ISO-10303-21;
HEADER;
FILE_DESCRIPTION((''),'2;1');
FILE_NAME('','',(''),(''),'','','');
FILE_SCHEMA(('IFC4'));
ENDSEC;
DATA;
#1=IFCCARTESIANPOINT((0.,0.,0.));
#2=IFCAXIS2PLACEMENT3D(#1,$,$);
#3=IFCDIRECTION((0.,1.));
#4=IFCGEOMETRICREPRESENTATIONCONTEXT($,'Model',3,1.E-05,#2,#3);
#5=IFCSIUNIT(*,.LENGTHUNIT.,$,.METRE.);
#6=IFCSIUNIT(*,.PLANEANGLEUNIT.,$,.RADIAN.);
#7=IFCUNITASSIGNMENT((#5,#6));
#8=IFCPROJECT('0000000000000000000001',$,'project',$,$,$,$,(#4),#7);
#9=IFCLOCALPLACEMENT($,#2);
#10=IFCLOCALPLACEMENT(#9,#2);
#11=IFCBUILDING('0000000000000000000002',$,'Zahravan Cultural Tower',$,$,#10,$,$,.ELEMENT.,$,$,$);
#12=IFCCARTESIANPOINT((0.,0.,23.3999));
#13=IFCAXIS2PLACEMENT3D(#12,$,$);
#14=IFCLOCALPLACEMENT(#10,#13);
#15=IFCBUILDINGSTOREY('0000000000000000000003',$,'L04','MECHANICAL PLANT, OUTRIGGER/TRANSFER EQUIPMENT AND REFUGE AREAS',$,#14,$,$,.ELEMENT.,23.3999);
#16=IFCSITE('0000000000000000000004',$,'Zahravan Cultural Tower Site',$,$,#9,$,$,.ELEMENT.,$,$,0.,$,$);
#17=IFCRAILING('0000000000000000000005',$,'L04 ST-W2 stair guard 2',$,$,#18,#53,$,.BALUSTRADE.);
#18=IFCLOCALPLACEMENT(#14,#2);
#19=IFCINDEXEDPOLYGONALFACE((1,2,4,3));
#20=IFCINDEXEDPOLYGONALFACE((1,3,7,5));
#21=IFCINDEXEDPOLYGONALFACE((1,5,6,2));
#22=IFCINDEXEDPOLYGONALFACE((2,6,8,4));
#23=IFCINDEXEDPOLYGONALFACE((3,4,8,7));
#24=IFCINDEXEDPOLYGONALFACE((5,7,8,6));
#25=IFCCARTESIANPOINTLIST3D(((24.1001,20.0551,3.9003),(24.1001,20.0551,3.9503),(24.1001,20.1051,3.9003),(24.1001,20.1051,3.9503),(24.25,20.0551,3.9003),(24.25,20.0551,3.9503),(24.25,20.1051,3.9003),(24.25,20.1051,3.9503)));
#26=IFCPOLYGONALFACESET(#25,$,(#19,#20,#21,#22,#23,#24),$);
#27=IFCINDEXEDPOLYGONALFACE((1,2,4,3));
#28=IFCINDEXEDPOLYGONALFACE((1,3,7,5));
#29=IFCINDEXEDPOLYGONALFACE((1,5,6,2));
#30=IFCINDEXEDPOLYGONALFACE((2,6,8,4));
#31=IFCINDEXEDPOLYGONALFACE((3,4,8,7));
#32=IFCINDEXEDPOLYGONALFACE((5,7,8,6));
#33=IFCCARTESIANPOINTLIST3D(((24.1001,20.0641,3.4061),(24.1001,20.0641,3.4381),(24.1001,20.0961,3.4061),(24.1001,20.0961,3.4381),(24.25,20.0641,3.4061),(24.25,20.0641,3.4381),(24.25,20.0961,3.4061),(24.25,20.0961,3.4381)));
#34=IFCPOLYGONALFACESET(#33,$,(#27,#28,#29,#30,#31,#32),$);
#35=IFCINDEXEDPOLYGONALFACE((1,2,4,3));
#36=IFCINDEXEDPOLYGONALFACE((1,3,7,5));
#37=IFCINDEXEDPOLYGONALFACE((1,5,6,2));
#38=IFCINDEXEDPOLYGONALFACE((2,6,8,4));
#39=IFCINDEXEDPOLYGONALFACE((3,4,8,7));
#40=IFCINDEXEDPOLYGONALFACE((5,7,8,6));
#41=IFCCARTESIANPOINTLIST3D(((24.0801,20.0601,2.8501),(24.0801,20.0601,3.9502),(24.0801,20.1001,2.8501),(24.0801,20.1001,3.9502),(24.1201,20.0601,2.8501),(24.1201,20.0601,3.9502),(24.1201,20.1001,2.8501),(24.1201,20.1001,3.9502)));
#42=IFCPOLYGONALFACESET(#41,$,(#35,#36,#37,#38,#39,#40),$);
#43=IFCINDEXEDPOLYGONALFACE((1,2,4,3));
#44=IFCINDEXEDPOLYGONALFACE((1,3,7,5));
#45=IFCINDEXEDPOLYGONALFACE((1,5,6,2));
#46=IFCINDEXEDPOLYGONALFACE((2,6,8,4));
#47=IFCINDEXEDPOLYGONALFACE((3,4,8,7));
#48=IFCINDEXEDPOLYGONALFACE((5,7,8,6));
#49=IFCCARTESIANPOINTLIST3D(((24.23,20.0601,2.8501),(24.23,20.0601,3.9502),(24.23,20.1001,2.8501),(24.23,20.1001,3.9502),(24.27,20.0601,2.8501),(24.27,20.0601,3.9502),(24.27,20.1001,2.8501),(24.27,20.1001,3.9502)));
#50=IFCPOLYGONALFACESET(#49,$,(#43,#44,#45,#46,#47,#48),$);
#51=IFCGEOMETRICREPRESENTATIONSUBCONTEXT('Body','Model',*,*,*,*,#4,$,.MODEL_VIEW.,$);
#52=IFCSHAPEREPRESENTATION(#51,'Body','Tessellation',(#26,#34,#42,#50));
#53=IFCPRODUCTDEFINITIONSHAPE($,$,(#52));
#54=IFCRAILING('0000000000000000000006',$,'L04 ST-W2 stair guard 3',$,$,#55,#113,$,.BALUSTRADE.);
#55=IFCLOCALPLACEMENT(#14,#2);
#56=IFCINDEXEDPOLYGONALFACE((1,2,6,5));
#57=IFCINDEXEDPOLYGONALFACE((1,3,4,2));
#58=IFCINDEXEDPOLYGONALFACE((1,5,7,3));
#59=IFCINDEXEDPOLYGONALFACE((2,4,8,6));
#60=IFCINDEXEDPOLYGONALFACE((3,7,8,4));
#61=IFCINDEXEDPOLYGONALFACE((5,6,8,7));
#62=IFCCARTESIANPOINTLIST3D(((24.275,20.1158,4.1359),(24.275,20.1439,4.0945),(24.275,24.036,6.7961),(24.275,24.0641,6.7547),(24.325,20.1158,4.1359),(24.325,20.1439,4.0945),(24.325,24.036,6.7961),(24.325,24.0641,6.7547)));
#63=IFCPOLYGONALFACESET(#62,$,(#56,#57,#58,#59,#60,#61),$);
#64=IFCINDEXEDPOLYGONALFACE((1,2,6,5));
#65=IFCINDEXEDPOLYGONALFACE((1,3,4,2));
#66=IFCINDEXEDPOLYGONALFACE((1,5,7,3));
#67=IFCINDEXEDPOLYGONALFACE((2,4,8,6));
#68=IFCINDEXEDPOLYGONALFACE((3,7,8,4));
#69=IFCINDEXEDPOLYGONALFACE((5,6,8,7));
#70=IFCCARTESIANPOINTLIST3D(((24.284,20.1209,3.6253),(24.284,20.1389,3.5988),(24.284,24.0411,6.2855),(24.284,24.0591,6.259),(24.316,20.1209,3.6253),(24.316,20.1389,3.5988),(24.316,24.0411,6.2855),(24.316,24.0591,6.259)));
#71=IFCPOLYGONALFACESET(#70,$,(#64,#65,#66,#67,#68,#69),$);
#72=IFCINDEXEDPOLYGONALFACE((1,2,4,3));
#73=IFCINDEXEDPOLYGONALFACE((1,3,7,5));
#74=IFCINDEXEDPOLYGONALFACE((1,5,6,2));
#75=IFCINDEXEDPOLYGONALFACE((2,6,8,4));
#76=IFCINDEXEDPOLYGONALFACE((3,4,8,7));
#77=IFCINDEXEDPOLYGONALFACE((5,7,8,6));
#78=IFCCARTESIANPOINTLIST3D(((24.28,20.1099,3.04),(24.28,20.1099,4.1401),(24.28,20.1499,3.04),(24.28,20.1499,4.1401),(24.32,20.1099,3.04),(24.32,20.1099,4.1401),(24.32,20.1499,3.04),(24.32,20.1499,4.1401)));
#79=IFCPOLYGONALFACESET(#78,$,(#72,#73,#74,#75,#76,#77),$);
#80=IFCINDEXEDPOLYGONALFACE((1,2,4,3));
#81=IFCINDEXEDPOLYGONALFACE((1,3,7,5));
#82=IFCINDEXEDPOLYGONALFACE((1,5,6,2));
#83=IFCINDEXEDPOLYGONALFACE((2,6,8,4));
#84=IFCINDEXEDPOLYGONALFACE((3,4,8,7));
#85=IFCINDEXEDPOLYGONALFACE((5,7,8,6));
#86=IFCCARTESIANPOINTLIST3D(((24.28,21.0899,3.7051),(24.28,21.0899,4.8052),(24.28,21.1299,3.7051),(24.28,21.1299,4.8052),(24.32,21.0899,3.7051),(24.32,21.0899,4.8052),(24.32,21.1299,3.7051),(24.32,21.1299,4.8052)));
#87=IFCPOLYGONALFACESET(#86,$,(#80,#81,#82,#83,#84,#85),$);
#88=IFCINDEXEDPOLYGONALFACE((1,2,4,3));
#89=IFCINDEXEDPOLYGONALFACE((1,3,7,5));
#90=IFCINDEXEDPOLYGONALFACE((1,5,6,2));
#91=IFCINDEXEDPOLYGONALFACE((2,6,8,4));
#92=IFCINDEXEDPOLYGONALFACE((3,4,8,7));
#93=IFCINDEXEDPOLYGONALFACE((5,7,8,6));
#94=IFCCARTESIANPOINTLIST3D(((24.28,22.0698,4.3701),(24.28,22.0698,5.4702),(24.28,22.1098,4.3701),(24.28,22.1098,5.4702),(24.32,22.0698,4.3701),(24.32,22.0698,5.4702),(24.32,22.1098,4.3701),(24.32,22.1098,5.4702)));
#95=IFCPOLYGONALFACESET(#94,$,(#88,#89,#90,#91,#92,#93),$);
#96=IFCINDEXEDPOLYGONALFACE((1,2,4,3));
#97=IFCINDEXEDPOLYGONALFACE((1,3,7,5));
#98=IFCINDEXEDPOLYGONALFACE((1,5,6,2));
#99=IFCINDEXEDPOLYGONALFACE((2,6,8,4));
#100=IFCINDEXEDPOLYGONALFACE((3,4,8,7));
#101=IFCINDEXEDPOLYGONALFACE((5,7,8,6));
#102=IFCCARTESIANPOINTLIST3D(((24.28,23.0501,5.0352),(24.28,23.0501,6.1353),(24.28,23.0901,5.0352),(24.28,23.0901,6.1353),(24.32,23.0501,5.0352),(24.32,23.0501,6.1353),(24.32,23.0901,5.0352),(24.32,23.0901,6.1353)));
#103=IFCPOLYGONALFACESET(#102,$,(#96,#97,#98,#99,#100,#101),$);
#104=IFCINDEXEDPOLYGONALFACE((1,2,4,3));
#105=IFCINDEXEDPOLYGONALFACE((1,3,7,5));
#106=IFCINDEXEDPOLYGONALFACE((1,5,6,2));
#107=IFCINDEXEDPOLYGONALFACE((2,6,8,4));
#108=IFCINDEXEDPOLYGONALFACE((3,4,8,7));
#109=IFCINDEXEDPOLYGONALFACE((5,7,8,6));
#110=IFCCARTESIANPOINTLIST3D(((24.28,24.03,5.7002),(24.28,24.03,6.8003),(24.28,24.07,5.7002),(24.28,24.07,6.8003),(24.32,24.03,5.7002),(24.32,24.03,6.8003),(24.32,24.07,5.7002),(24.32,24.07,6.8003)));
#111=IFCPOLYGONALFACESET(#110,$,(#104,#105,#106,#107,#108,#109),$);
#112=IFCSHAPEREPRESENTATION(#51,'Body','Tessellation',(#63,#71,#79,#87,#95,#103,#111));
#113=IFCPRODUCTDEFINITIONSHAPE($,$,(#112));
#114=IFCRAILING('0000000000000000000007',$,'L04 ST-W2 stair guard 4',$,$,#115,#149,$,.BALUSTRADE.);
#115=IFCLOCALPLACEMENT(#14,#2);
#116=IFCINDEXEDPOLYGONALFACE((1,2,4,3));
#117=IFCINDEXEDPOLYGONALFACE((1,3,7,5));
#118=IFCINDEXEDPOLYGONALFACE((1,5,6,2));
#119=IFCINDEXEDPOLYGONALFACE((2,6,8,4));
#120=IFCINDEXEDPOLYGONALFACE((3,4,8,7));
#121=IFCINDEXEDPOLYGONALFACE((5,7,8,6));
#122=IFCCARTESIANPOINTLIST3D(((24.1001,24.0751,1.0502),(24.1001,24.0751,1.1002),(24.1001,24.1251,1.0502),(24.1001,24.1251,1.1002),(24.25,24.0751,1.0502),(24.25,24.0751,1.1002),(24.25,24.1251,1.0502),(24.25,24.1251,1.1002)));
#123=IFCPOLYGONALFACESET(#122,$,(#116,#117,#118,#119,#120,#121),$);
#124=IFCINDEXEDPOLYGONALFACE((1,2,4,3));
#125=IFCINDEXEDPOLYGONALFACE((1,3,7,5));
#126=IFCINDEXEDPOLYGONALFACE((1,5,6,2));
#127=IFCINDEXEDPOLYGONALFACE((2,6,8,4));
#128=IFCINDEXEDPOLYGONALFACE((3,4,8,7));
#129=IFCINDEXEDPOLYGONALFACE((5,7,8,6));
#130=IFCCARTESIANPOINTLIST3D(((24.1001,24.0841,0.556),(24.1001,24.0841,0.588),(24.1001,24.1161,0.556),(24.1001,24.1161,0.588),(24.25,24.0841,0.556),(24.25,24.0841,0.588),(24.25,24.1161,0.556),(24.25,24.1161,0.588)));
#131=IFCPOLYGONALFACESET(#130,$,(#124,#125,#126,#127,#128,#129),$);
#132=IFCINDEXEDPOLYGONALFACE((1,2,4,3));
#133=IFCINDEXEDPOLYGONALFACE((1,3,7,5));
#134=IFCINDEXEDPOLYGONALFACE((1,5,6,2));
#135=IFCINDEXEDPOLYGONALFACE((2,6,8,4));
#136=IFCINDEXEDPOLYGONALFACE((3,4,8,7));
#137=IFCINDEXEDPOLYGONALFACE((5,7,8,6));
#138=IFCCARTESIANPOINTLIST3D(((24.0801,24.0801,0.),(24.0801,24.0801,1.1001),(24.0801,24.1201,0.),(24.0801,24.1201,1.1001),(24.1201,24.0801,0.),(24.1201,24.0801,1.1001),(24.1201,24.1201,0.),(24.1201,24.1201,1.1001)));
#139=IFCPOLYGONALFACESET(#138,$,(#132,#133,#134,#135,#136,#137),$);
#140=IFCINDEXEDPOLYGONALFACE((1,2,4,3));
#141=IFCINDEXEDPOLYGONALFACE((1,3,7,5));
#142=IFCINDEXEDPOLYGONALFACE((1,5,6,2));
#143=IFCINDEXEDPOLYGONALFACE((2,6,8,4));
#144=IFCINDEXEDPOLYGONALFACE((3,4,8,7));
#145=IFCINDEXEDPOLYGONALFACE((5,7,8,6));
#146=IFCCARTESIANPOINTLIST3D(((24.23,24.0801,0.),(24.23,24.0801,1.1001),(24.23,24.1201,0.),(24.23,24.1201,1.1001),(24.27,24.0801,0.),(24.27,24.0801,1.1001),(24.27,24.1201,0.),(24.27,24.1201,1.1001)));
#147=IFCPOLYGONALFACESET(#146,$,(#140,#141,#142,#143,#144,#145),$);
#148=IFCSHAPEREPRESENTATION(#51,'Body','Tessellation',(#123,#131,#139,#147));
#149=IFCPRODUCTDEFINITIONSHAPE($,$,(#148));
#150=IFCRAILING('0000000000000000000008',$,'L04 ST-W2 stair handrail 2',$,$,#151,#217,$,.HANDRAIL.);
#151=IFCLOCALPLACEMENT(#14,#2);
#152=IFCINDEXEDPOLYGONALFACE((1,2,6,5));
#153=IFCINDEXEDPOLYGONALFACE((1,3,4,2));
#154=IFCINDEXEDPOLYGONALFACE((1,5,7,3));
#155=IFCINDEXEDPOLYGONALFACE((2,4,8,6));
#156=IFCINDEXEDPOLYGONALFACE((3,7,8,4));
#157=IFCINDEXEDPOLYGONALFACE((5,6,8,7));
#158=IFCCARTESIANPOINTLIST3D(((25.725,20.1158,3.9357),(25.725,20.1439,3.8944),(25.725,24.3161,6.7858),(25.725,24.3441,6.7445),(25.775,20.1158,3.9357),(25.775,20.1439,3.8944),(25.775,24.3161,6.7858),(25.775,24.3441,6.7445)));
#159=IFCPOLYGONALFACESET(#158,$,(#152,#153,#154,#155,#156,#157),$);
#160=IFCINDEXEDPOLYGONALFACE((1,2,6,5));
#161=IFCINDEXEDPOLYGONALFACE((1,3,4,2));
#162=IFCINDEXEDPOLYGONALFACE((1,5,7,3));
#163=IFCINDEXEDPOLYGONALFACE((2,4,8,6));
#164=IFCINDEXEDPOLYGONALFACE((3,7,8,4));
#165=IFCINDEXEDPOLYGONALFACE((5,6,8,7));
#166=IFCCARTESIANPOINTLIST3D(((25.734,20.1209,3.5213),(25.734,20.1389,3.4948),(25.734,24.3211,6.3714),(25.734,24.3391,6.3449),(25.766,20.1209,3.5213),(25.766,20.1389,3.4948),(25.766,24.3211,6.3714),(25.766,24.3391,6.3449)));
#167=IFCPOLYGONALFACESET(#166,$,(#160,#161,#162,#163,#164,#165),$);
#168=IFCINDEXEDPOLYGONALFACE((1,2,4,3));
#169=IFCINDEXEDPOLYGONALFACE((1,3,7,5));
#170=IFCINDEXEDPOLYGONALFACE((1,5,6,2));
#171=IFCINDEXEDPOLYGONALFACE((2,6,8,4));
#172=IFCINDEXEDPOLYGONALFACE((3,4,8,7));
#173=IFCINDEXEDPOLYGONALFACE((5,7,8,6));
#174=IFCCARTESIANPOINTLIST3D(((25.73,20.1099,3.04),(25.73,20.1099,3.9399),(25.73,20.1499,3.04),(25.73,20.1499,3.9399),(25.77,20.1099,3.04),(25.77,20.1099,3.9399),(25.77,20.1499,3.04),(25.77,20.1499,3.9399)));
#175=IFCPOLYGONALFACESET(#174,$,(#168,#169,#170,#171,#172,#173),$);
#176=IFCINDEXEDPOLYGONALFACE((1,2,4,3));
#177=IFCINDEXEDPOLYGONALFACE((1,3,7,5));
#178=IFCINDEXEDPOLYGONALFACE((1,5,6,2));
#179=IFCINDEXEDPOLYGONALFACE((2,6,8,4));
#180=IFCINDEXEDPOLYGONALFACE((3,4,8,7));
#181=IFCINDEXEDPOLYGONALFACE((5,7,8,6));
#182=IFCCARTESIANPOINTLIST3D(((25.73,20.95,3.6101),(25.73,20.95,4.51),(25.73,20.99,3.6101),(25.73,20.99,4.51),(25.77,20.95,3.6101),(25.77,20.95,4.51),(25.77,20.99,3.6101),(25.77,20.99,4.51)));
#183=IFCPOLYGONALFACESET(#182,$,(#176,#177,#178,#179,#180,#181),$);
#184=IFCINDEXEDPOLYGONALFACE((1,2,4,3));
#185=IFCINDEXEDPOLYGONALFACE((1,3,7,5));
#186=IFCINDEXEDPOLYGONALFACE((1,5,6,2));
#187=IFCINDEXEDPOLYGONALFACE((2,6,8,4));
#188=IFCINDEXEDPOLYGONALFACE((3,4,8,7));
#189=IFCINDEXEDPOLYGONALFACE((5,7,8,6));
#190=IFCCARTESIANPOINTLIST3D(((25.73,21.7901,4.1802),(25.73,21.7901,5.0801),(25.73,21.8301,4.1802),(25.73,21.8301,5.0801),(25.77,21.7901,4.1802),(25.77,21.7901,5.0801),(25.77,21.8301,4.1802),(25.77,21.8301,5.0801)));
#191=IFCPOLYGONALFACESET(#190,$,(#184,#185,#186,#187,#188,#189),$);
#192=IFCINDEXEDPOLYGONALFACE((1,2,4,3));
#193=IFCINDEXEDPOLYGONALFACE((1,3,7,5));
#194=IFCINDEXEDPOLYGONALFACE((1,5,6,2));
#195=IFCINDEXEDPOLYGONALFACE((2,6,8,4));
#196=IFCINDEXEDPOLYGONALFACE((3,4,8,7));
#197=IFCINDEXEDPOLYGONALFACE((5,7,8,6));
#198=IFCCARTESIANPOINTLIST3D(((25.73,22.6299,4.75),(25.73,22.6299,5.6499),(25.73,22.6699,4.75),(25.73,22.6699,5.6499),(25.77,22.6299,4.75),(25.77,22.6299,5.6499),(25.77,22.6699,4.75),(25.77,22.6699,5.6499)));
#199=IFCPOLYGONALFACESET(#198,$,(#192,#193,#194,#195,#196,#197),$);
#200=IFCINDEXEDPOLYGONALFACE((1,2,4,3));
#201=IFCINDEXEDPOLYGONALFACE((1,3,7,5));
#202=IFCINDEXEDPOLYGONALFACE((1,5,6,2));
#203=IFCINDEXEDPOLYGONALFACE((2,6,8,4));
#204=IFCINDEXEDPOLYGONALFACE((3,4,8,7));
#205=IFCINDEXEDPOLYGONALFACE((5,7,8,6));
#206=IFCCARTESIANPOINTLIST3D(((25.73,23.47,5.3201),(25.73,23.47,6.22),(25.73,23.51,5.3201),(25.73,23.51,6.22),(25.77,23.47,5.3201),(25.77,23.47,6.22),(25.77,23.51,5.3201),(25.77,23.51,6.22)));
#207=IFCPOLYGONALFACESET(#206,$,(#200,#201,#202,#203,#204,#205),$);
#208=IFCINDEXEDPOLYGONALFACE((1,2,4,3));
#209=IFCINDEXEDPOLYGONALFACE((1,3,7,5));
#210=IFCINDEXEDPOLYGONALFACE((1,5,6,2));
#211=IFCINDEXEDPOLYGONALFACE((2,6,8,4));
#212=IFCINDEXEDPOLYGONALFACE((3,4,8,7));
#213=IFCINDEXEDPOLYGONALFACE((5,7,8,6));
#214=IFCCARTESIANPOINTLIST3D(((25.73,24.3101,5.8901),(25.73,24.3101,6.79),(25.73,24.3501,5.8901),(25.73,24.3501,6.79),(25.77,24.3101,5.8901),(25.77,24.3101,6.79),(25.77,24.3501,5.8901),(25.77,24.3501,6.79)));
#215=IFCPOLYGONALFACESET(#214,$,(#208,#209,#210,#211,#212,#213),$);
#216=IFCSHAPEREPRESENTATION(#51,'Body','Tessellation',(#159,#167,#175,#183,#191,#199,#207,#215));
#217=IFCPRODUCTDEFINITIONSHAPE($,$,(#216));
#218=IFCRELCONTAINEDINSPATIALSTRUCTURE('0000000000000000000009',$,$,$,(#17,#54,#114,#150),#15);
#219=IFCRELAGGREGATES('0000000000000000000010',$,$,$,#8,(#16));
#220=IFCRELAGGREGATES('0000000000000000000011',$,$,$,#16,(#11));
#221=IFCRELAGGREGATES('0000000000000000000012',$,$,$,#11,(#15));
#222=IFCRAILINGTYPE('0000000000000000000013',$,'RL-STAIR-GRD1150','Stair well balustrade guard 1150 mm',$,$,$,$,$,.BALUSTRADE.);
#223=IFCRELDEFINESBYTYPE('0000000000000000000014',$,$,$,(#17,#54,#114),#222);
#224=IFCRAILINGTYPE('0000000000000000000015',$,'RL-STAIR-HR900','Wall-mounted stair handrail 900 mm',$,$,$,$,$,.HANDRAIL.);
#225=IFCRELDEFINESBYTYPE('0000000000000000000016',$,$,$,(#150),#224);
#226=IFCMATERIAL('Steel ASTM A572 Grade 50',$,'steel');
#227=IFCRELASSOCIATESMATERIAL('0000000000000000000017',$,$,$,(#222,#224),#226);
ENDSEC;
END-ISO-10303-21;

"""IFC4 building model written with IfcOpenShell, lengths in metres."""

from ifc_helpers import new_model, si_unit, direction, frame, origin, origin_2d, place, context, subcontext, project, spatial, rectangle, extrude, material, type_object, element, save


model = new_model("IFC4")

# Units and contexts
model_context = context("Model", 3, precision=1e-05, world=origin(), true_north=direction((0.0, 1.0)))
body_context = subcontext(model_context, "Body", "Model", "MODEL_VIEW")
ifc_project = project(units=[si_unit("LENGTHUNIT", "METRE"), si_unit("PLANEANGLEUNIT", "RADIAN")], contexts=[model_context])

# Site, building, storey
site_placement = place(None, origin())
site = spatial("IfcSite", under=ifc_project, at=site_placement, Name="Zahravan Cultural Tower Site", CompositionType="ELEMENT", RefElevation=0.0)
building_placement = place(site_placement, origin())
building = spatial("IfcBuilding", under=site, at=building_placement, Name="Zahravan Cultural Tower", CompositionType="ELEMENT")
storey_placement = place(building_placement, frame((0.0, 0.0, 23.3999)))
storey = spatial("IfcBuildingStorey", under=building, at=storey_placement, Name="L04", Description="MECHANICAL PLANT, OUTRIGGER/TRANSFER EQUIPMENT AND REFUGE AREAS", CompositionType="ELEMENT", Elevation=23.3999)

# Shared definitions
ifc_material_1 = material(Name="Steel ASTM A572 Grade 50", Category="steel")

# Railings
railing_type_1 = type_object("IfcRailingType", Name="RL-STAIR-GRD1150", Description="Stair well balustrade guard 1150 mm", PredefinedType="BALUSTRADE", material=ifc_material_1)
railing_1_placement = place(storey_placement, frame((24.1001, 20.0801, 2.8501)))
element("IfcRailing", 1, at=railing_1_placement, inside=storey, type_object=railing_type_1, Name="L04 ST-W2 stair guard 2", PredefinedType="BALUSTRADE", context=body_context, shape_type="SweptSolid", body=[
    extrude(rectangle(XDim=0.05, YDim=0.05, at=origin_2d()), frame((0.0, 0.0, 1.0752), z_axis=(1.0, 0.0, 0.0), x_axis=(0.0, 1.0, 0.0)), (0.0, 0.0, 1.0), 0.1499),
    extrude(rectangle(XDim=0.032, YDim=0.032, at=origin_2d()), frame((0.0, 0.0, 0.572), z_axis=(1.0, 0.0, 0.0), x_axis=(0.0, 1.0, 0.0)), (0.0, 0.0, 1.0), 0.1499),
    extrude(rectangle(XDim=0.04, YDim=0.04, at=origin_2d()), origin(), (0.0, 0.0, 1.0), 1.1001),
    extrude(rectangle(XDim=0.04, YDim=0.04, at=origin_2d()), frame((0.1499, 0.0, 0.0)), (0.0, 0.0, 1.0), 1.1001),
])
railing_2_placement = place(storey_placement, frame((24.3, 20.1299, 3.04)))
element("IfcRailing", 2, at=railing_2_placement, inside=storey, type_object=railing_type_1, Name="L04 ST-W2 stair guard 3", PredefinedType="BALUSTRADE", context=body_context, shape_type="SweptSolid", body=[
    extrude(rectangle(XDim=0.05, YDim=0.05, at=origin_2d()), frame((0.0, 0.0, 1.0752), z_axis=(0.0, 0.827471, 0.561508), x_axis=(-1.0, 0.0, 0.0)), (0.0, 0.0, 1.0), 4.7375),
    extrude(rectangle(XDim=0.032, YDim=0.032, at=origin_2d()), frame((0.0, 0.0, 0.572), z_axis=(0.0, 0.827471, 0.561508), x_axis=(-1.0, 0.0, 0.0)), (0.0, 0.0, 1.0), 4.7375),
    extrude(rectangle(XDim=0.04, YDim=0.04, at=origin_2d()), origin(), (0.0, 0.0, 1.0), 1.1001),
    extrude(rectangle(XDim=0.04, YDim=0.04, at=origin_2d()), frame((0.0, 0.98, 0.665)), (0.0, 0.0, 1.0), 1.1001),
    extrude(rectangle(XDim=0.04, YDim=0.04, at=origin_2d()), frame((0.0, 1.96, 1.3301)), (0.0, 0.0, 1.0), 1.1001),
    extrude(rectangle(XDim=0.04, YDim=0.04, at=origin_2d()), frame((0.0, 2.9402, 1.9951)), (0.0, 0.0, 1.0), 1.1001),
    extrude(rectangle(XDim=0.04, YDim=0.04, at=origin_2d()), frame((0.0, 3.9202, 2.6602)), (0.0, 0.0, 1.0), 1.1001),
])
railing_3_placement = place(storey_placement, frame((24.1001, 24.1001, 0.0)))
element("IfcRailing", 3, at=railing_3_placement, inside=storey, type_object=railing_type_1, Name="L04 ST-W2 stair guard 4", PredefinedType="BALUSTRADE", context=body_context, shape_type="SweptSolid", body=[
    extrude(rectangle(XDim=0.05, YDim=0.05, at=origin_2d()), frame((0.0, 0.0, 1.0752), z_axis=(1.0, 0.0, 0.0), x_axis=(0.0, 1.0, 0.0)), (0.0, 0.0, 1.0), 0.1499),
    extrude(rectangle(XDim=0.032, YDim=0.032, at=origin_2d()), frame((0.0, 0.0, 0.572), z_axis=(1.0, 0.0, 0.0), x_axis=(0.0, 1.0, 0.0)), (0.0, 0.0, 1.0), 0.1499),
    extrude(rectangle(XDim=0.04, YDim=0.04, at=origin_2d()), origin(), (0.0, 0.0, 1.0), 1.1001),
    extrude(rectangle(XDim=0.04, YDim=0.04, at=origin_2d()), frame((0.1499, 0.0, 0.0)), (0.0, 0.0, 1.0), 1.1001),
])
railing_type_2 = type_object("IfcRailingType", Name="RL-STAIR-HR900", Description="Wall-mounted stair handrail 900 mm", PredefinedType="HANDRAIL", material=ifc_material_1)
railing_4_placement = place(storey_placement, frame((25.75, 20.1299, 3.04)))
element("IfcRailing", 4, at=railing_4_placement, inside=storey, type_object=railing_type_2, Name="L04 ST-W2 stair handrail 2", PredefinedType="HANDRAIL", context=body_context, shape_type="SweptSolid", body=[
    extrude(rectangle(XDim=0.05, YDim=0.05, at=origin_2d()), frame((0.0, 0.0, 0.875), z_axis=(0.0, 0.827479, 0.561497), x_axis=(-1.0, 0.0, 0.0)), (0.0, 0.0, 1.0), 5.0759),
    extrude(rectangle(XDim=0.032, YDim=0.032, at=origin_2d()), frame((0.0, 0.0, 0.468), z_axis=(0.0, 0.827479, 0.561497), x_axis=(-1.0, 0.0, 0.0)), (0.0, 0.0, 1.0), 5.0759),
    extrude(rectangle(XDim=0.04, YDim=0.04, at=origin_2d()), origin(), (0.0, 0.0, 1.0), 0.8999),
    extrude(rectangle(XDim=0.04, YDim=0.04, at=origin_2d()), frame((0.0, 0.8401, 0.5701)), (0.0, 0.0, 1.0), 0.8999),
    extrude(rectangle(XDim=0.04, YDim=0.04, at=origin_2d()), frame((0.0, 1.6802, 1.1401)), (0.0, 0.0, 1.0), 0.8999),
    extrude(rectangle(XDim=0.04, YDim=0.04, at=origin_2d()), frame((0.0, 2.52, 1.71)), (0.0, 0.0, 1.0), 0.8999),
    extrude(rectangle(XDim=0.04, YDim=0.04, at=origin_2d()), frame((0.0, 3.3601, 2.28)), (0.0, 0.0, 1.0), 0.8999),
    extrude(rectangle(XDim=0.04, YDim=0.04, at=origin_2d()), frame((0.0, 4.2002, 2.8501)), (0.0, 0.0, 1.0), 0.8999),
])

save(model, "model.ifc")
